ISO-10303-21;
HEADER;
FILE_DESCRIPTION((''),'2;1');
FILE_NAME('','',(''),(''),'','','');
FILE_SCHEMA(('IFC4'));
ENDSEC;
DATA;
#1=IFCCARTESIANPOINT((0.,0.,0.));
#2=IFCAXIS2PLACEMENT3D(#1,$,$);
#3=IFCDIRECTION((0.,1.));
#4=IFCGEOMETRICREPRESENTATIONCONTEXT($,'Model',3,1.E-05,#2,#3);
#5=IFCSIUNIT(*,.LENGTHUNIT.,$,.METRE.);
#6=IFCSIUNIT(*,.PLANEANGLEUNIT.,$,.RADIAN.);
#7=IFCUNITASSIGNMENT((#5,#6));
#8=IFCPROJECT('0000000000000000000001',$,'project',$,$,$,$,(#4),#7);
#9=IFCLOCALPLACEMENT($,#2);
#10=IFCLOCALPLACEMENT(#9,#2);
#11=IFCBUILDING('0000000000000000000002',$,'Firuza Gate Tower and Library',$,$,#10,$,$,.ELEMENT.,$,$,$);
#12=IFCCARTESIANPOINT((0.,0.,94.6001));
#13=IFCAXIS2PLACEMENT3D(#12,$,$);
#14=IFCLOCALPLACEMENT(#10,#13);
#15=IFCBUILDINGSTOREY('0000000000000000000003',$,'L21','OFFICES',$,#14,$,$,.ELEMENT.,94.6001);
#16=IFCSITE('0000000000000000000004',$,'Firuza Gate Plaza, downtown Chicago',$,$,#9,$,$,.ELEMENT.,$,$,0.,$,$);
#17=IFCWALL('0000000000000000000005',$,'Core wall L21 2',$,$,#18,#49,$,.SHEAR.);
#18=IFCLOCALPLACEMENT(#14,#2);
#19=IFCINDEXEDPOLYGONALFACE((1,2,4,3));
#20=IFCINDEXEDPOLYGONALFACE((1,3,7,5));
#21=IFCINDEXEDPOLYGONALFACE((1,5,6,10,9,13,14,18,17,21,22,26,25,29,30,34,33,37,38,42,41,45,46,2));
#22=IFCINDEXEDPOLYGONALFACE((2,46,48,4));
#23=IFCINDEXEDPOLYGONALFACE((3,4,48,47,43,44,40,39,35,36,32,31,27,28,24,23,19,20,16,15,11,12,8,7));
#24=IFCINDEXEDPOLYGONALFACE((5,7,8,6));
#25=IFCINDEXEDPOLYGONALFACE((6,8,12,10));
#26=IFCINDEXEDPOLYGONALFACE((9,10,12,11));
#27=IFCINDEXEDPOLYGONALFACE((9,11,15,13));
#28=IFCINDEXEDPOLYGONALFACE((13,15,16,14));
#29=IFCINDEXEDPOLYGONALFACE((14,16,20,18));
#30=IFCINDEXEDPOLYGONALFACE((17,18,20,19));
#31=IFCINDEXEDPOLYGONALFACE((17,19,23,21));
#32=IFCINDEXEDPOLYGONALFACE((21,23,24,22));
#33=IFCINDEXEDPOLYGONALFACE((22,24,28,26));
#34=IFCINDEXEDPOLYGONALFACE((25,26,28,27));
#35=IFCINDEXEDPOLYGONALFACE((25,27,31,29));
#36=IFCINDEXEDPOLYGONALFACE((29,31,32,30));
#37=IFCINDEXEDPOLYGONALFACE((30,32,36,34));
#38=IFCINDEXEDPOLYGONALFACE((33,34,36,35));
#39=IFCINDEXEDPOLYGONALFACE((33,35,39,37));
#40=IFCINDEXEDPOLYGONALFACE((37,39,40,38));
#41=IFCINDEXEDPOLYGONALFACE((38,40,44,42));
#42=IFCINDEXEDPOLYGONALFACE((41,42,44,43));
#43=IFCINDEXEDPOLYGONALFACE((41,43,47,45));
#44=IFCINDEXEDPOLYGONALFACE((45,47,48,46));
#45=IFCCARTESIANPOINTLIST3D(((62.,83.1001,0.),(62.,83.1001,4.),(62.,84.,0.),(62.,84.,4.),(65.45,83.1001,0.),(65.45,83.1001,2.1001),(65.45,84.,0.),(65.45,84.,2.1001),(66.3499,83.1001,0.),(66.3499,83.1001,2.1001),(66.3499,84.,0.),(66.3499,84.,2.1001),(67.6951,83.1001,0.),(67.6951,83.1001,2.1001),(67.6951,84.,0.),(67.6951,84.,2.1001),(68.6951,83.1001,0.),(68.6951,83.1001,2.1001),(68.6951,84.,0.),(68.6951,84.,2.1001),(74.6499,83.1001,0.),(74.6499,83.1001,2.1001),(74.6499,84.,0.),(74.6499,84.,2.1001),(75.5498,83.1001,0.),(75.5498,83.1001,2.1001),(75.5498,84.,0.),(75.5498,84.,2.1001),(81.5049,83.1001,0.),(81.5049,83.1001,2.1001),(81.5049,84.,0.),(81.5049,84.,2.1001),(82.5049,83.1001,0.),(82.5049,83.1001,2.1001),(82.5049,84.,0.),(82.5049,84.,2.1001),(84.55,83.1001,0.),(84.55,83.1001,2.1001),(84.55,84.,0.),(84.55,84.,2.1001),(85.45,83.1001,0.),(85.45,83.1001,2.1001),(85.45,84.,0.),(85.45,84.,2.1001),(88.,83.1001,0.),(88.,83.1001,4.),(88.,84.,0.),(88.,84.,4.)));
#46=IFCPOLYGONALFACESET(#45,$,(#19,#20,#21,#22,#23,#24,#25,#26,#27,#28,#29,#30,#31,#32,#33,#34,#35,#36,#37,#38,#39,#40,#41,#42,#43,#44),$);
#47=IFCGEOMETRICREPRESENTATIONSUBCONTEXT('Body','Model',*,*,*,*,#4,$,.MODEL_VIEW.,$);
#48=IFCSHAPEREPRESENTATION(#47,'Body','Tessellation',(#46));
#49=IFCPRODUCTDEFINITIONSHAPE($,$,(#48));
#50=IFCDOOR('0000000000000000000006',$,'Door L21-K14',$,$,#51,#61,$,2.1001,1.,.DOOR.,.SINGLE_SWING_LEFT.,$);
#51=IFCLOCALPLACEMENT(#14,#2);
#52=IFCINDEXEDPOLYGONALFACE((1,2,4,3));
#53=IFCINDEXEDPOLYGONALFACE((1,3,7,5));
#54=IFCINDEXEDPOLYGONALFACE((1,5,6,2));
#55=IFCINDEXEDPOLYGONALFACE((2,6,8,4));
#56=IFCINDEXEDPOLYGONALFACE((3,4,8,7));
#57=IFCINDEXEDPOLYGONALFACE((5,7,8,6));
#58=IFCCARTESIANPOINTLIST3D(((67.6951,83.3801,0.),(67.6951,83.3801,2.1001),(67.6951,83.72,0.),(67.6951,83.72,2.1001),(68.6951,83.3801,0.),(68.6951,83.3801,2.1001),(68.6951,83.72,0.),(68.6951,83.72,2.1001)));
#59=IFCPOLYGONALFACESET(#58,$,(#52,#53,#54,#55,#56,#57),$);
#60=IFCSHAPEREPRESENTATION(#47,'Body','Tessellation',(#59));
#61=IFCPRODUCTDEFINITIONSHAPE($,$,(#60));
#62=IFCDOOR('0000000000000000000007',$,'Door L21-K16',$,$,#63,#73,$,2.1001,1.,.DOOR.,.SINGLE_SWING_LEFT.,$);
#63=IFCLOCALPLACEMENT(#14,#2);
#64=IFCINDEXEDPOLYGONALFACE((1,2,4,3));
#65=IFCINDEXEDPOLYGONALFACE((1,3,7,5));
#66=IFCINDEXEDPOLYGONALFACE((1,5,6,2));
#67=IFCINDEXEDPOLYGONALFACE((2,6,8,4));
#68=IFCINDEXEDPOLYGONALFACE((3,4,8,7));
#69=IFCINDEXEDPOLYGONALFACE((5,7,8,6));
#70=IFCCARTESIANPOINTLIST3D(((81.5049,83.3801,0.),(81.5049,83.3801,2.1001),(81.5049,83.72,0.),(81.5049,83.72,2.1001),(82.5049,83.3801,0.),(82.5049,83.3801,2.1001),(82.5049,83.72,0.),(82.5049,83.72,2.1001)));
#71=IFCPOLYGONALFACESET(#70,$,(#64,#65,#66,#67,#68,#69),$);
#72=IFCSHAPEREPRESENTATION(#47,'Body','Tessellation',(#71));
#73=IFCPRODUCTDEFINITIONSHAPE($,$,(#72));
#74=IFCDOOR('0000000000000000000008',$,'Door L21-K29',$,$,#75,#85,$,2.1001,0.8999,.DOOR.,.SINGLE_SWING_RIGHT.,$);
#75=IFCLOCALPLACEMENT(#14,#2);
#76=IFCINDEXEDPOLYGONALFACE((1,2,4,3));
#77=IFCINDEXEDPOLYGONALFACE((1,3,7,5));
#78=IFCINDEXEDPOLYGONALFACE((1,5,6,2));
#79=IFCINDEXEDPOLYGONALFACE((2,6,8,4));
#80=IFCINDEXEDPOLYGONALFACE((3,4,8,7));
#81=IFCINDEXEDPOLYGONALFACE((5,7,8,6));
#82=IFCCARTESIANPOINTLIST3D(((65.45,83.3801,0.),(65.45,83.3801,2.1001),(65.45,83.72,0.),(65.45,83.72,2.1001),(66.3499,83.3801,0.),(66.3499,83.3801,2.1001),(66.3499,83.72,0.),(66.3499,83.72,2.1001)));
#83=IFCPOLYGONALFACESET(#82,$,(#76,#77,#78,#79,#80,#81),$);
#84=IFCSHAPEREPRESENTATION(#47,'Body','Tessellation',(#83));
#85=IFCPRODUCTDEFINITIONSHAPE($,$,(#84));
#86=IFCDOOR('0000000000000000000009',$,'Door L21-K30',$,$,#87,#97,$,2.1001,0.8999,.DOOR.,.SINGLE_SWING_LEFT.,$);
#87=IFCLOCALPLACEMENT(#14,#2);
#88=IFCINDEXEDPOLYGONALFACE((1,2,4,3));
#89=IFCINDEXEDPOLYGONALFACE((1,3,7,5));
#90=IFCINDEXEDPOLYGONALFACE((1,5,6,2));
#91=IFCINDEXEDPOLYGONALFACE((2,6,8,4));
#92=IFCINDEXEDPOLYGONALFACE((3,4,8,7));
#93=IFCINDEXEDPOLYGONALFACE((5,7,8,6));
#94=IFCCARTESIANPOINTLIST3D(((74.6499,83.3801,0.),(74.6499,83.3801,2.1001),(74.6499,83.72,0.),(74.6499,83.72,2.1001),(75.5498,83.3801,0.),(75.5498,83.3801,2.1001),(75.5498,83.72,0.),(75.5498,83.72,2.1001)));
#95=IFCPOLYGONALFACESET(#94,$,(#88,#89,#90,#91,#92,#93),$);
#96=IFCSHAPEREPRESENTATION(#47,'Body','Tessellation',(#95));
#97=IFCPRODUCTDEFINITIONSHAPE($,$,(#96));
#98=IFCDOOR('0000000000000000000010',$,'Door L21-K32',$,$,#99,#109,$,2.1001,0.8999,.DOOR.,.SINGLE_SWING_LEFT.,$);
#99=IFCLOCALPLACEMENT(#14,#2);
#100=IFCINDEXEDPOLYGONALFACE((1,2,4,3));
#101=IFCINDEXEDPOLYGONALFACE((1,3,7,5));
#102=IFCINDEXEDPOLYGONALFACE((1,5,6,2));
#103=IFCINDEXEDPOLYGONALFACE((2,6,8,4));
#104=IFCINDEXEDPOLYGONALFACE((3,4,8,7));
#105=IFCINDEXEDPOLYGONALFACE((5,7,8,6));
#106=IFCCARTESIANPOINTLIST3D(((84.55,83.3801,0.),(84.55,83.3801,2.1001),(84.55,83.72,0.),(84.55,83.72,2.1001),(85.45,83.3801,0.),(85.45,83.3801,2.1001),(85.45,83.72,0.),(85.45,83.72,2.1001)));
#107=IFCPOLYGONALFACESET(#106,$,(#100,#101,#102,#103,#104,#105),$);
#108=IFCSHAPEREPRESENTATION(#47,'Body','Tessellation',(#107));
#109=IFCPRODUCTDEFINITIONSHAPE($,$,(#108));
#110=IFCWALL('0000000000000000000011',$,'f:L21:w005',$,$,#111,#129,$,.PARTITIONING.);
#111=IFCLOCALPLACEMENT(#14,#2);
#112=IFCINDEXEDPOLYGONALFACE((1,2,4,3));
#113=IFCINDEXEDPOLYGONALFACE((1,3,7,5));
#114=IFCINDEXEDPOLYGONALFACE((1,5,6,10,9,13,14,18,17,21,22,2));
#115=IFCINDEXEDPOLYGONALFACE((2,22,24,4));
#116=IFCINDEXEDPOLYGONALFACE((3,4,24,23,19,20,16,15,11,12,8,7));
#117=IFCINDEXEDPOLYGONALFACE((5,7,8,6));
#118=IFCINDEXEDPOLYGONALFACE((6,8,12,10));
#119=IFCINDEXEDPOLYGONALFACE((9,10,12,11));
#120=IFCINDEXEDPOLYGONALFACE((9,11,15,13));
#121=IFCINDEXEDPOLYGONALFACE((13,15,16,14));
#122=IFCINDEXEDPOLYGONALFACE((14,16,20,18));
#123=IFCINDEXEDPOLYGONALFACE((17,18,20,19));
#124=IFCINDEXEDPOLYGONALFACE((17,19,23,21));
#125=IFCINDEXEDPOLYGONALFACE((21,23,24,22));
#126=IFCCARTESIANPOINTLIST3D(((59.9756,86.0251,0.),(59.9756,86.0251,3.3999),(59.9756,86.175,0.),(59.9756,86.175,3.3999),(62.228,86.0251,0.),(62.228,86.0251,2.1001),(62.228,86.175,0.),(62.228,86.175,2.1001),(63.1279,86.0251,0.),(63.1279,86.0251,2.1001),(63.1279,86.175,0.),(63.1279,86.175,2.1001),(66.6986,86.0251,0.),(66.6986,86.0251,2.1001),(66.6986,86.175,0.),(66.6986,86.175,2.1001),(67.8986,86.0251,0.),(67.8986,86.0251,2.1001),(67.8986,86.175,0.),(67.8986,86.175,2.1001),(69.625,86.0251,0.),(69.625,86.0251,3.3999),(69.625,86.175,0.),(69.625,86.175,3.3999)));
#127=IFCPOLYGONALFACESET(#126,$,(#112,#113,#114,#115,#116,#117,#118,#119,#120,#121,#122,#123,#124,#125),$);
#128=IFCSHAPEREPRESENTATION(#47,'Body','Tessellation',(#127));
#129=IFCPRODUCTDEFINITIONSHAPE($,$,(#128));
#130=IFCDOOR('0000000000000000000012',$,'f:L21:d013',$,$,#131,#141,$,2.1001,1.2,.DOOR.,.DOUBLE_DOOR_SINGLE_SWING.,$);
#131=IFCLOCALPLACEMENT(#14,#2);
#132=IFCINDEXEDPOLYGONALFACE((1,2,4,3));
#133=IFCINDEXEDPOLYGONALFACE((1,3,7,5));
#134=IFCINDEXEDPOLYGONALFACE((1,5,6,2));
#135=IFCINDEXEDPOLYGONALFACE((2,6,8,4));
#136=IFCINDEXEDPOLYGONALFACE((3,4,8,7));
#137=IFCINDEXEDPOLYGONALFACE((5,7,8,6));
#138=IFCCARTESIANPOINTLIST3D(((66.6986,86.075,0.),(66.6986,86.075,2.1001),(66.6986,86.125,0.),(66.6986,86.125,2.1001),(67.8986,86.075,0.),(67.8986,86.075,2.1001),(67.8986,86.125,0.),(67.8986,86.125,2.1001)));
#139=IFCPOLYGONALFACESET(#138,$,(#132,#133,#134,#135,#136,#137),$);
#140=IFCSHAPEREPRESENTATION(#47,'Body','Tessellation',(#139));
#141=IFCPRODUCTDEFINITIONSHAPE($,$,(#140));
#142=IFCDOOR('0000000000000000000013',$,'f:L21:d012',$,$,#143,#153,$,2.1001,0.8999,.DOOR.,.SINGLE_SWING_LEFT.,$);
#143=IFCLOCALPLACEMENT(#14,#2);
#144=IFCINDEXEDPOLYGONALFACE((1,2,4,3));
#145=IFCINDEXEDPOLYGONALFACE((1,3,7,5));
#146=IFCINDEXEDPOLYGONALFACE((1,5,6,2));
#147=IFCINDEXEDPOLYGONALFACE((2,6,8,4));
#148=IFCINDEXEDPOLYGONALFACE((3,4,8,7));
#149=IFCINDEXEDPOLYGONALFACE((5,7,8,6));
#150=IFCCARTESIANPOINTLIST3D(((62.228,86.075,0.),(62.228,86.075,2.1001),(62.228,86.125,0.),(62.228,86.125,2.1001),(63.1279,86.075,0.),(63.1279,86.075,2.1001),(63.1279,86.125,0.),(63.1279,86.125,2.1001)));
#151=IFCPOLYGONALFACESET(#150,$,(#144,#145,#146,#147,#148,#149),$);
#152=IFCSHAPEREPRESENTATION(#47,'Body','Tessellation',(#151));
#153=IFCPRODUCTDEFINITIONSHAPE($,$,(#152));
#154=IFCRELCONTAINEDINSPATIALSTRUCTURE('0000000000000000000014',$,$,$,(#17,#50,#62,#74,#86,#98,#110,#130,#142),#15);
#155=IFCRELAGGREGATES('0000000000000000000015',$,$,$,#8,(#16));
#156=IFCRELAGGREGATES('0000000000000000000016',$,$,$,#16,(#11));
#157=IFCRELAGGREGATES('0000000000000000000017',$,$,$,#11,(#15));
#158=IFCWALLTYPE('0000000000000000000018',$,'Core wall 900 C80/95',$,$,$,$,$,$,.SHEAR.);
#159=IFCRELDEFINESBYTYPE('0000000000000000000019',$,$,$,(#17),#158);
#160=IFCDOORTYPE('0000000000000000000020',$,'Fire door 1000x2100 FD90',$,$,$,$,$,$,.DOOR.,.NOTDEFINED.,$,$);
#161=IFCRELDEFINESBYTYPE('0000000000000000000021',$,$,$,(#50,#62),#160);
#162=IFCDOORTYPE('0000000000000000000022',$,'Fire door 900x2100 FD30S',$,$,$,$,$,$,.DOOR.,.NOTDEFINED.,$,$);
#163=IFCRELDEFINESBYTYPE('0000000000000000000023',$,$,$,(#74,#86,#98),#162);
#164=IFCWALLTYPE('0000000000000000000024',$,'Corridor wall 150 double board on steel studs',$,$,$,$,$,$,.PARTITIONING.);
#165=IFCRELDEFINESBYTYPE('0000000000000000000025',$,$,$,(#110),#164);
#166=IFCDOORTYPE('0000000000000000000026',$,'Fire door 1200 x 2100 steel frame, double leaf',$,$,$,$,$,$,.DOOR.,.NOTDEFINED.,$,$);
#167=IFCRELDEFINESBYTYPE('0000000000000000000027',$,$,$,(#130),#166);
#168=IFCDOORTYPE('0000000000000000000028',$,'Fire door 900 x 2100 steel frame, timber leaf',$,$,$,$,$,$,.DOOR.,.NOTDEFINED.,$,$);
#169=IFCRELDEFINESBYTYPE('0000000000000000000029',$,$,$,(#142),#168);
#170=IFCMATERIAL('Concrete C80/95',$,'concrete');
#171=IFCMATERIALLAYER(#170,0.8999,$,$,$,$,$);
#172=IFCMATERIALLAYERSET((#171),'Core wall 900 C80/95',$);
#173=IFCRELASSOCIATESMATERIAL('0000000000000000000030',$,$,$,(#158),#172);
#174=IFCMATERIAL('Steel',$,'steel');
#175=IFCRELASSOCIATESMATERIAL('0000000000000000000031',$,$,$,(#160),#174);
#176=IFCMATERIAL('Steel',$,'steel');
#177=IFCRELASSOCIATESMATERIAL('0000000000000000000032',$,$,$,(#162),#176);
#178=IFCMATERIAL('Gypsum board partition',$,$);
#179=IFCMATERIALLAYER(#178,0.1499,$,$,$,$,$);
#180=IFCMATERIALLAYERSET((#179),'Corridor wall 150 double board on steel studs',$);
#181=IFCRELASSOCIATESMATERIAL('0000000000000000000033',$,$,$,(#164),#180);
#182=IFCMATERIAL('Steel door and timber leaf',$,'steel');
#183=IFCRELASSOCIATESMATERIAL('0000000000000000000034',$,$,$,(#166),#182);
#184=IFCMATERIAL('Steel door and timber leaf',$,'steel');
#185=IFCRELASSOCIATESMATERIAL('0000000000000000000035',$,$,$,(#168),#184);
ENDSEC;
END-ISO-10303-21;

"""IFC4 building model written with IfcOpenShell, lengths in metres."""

from ifc_helpers import new_model, si_unit, direction, frame, frame_2d, origin, place, context, subcontext, project, spatial, rectangle, extrude, material, layer, layer_set, type_object, element, fill, save


model = new_model("IFC4")

# Units and contexts
model_context = context("Model", 3, precision=1e-05, world=origin(), true_north=direction((0.0, 1.0)))
body_context = subcontext(model_context, "Body", "Model", "MODEL_VIEW")
ifc_project = project(units=[si_unit("LENGTHUNIT", "METRE"), si_unit("PLANEANGLEUNIT", "RADIAN")], contexts=[model_context])

# Site, building, storey
site_placement = place(None, origin())
site = spatial("IfcSite", under=ifc_project, at=site_placement, Name="Firuza Gate Plaza, downtown Chicago", CompositionType="ELEMENT", RefElevation=0.0)
building_placement = place(site_placement, origin())
building = spatial("IfcBuilding", under=site, at=building_placement, Name="Firuza Gate Tower and Library", CompositionType="ELEMENT")
storey_placement = place(building_placement, frame((0.0, 0.0, 94.6001)))
storey = spatial("IfcBuildingStorey", under=building, at=storey_placement, Name="L21", Description="OFFICES", CompositionType="ELEMENT", Elevation=94.6001)

# Walls, openings, doors
ifc_material_1 = material(Name="Concrete C80/95", Category="concrete")
ifc_layer_1 = layer(ifc_material_1, 0.8999)
ifc_layer_set_1 = layer_set([ifc_layer_1], Name="Core wall 900 C80/95")
wall_type_1 = type_object("IfcWallType", Name="Core wall 900 C80/95", PredefinedType="SHEAR", material=ifc_layer_set_1)
wall_1_placement = place(storey_placement, frame((62.0, 83.55, 0.0), z_axis=(0.0, 0.0, 1.0), x_axis=(1.0, 0.0, 0.0)))
wall_1 = element("IfcWall", 1, at=wall_1_placement, inside=storey, type_object=wall_type_1, Name="Core wall L21 2", PredefinedType="SHEAR", context=body_context, shape_type="SweptSolid", body=[
    extrude(rectangle(XDim=26.0, YDim=0.8999, at=frame_2d((13.0, 0.0))), origin(), (0.0, 0.0, 1.0), 4.0),
])
opening_1_placement = place(wall_1_placement, frame((5.6951, 0.0, 0.0)))
opening_1 = element("IfcOpeningElement", 2, at=opening_1_placement, cuts=wall_1, PredefinedType="OPENING", context=body_context, shape_type="SweptSolid", body=[
    extrude(rectangle(XDim=1.0, YDim=2.1001, at=frame_2d((0.5, 1.05))), frame((0.0, 0.46, 0.0), z_axis=(0.0, -1.0, 0.0), x_axis=(1.0, 0.0, 0.0)), (0.0, 0.0, 1.0), 0.9199),
])
opening_2_placement = place(wall_1_placement, frame((19.5049, 0.0, 0.0)))
opening_2 = element("IfcOpeningElement", 3, at=opening_2_placement, cuts=wall_1, PredefinedType="OPENING", context=body_context, shape_type="SweptSolid", body=[
    extrude(rectangle(XDim=1.0, YDim=2.1001, at=frame_2d((0.5, 1.05))), frame((0.0, 0.46, 0.0), z_axis=(0.0, -1.0, 0.0), x_axis=(1.0, 0.0, 0.0)), (0.0, 0.0, 1.0), 0.9199),
])
opening_3_placement = place(wall_1_placement, frame((3.45, 0.0, 0.0)))
opening_3 = element("IfcOpeningElement", 4, at=opening_3_placement, cuts=wall_1, PredefinedType="OPENING", context=body_context, shape_type="SweptSolid", body=[
    extrude(rectangle(XDim=0.8999, YDim=2.1001, at=frame_2d((0.45, 1.05))), frame((0.0, 0.46, 0.0), z_axis=(0.0, -1.0, 0.0), x_axis=(1.0, 0.0, 0.0)), (0.0, 0.0, 1.0), 0.9199),
])
opening_4_placement = place(wall_1_placement, frame((12.6499, 0.0, 0.0)))
opening_4 = element("IfcOpeningElement", 5, at=opening_4_placement, cuts=wall_1, PredefinedType="OPENING", context=body_context, shape_type="SweptSolid", body=[
    extrude(rectangle(XDim=0.8999, YDim=2.1001, at=frame_2d((0.45, 1.05))), frame((0.0, 0.46, 0.0), z_axis=(0.0, -1.0, 0.0), x_axis=(1.0, 0.0, 0.0)), (0.0, 0.0, 1.0), 0.9199),
])
opening_5_placement = place(wall_1_placement, frame((22.55, 0.0, 0.0)))
opening_5 = element("IfcOpeningElement", 6, at=opening_5_placement, cuts=wall_1, PredefinedType="OPENING", context=body_context, shape_type="SweptSolid", body=[
    extrude(rectangle(XDim=0.8999, YDim=2.1001, at=frame_2d((0.45, 1.05))), frame((0.0, 0.46, 0.0), z_axis=(0.0, -1.0, 0.0), x_axis=(1.0, 0.0, 0.0)), (0.0, 0.0, 1.0), 0.9199),
])
ifc_material_2 = material(Name="Steel", Category="steel")
door_type_1 = type_object("IfcDoorType", Name="Fire door 1000x2100 FD90", OperationType="NOTDEFINED", PredefinedType="DOOR", material=ifc_material_2)
door_1_placement = place(opening_1_placement, origin())
door_1 = element("IfcDoor", 7, at=door_1_placement, inside=storey, type_object=door_type_1, Name="Door L21-K14", OperationType="SINGLE_SWING_LEFT", OverallHeight=2.1001, OverallWidth=1.0, PredefinedType="DOOR", context=body_context, shape_type="SweptSolid", body=[
    extrude(rectangle(XDim=1.0, YDim=2.1001, at=frame_2d((0.5, 1.05))), frame((0.0, 0.1699, 0.0), z_axis=(0.0, -1.0, 0.0), x_axis=(1.0, 0.0, 0.0)), (0.0, 0.0, 1.0), 0.3398),
])
fill(opening_1, door_1)
door_2_placement = place(opening_2_placement, origin())
door_2 = element("IfcDoor", 8, at=door_2_placement, inside=storey, type_object=door_type_1, Name="Door L21-K16", OperationType="SINGLE_SWING_LEFT", OverallHeight=2.1001, OverallWidth=1.0, PredefinedType="DOOR", context=body_context, shape_type="SweptSolid", body=[
    extrude(rectangle(XDim=1.0, YDim=2.1001, at=frame_2d((0.5, 1.05))), frame((0.0, 0.1699, 0.0), z_axis=(0.0, -1.0, 0.0), x_axis=(1.0, 0.0, 0.0)), (0.0, 0.0, 1.0), 0.3398),
])
fill(opening_2, door_2)
ifc_material_3 = material(Name="Steel", Category="steel")
door_type_2 = type_object("IfcDoorType", Name="Fire door 900x2100 FD30S", OperationType="NOTDEFINED", PredefinedType="DOOR", material=ifc_material_3)
door_3_placement = place(opening_3_placement, origin())
door_3 = element("IfcDoor", 9, at=door_3_placement, inside=storey, type_object=door_type_2, Name="Door L21-K29", OperationType="SINGLE_SWING_RIGHT", OverallHeight=2.1001, OverallWidth=0.8999, PredefinedType="DOOR", context=body_context, shape_type="SweptSolid", body=[
    extrude(rectangle(XDim=0.8999, YDim=2.1001, at=frame_2d((0.45, 1.05))), frame((0.0, 0.1699, 0.0), z_axis=(0.0, -1.0, 0.0), x_axis=(1.0, 0.0, 0.0)), (0.0, 0.0, 1.0), 0.3398),
])
fill(opening_3, door_3)
door_4_placement = place(opening_4_placement, origin())
door_4 = element("IfcDoor", 10, at=door_4_placement, inside=storey, type_object=door_type_2, Name="Door L21-K30", OperationType="SINGLE_SWING_LEFT", OverallHeight=2.1001, OverallWidth=0.8999, PredefinedType="DOOR", context=body_context, shape_type="SweptSolid", body=[
    extrude(rectangle(XDim=0.8999, YDim=2.1001, at=frame_2d((0.45, 1.05))), frame((0.0, 0.1699, 0.0), z_axis=(0.0, -1.0, 0.0), x_axis=(1.0, 0.0, 0.0)), (0.0, 0.0, 1.0), 0.3398),
])
fill(opening_4, door_4)
door_5_placement = place(opening_5_placement, origin())
door_5 = element("IfcDoor", 11, at=door_5_placement, inside=storey, type_object=door_type_2, Name="Door L21-K32", OperationType="SINGLE_SWING_LEFT", OverallHeight=2.1001, OverallWidth=0.8999, PredefinedType="DOOR", context=body_context, shape_type="SweptSolid", body=[
    extrude(rectangle(XDim=0.8999, YDim=2.1001, at=frame_2d((0.45, 1.05))), frame((0.0, 0.1699, 0.0), z_axis=(0.0, -1.0, 0.0), x_axis=(1.0, 0.0, 0.0)), (0.0, 0.0, 1.0), 0.3398),
])
fill(opening_5, door_5)
ifc_material_4 = material(Name="Gypsum board partition")
ifc_layer_2 = layer(ifc_material_4, 0.1499)
ifc_layer_set_2 = layer_set([ifc_layer_2], Name="Corridor wall 150 double board on steel studs")
wall_type_2 = type_object("IfcWallType", Name="Corridor wall 150 double board on steel studs", PredefinedType="PARTITIONING", material=ifc_layer_set_2)
wall_2_placement = place(storey_placement, frame((59.9756, 86.1001, 0.0), z_axis=(0.0, 0.0, 1.0), x_axis=(1.0, 0.0, 0.0)))
wall_2 = element("IfcWall", 12, at=wall_2_placement, inside=storey, type_object=wall_type_2, Name="f:L21:w005", PredefinedType="PARTITIONING", context=body_context, shape_type="SweptSolid", body=[
    extrude(rectangle(XDim=9.6494, YDim=0.1499, at=frame_2d((4.8247, 0.0))), origin(), (0.0, 0.0, 1.0), 3.3999),
])
opening_6_placement = place(wall_2_placement, frame((2.2524, 0.0, 0.0)))
opening_6 = element("IfcOpeningElement", 13, at=opening_6_placement, cuts=wall_2, PredefinedType="OPENING", context=body_context, shape_type="SweptSolid", body=[
    extrude(rectangle(XDim=0.8999, YDim=2.1001, at=frame_2d((0.45, 1.05))), frame((0.0, 0.085, 0.0), z_axis=(0.0, -1.0, 0.0), x_axis=(1.0, 0.0, 0.0)), (0.0, 0.0, 1.0), 0.1699),
])
opening_7_placement = place(wall_2_placement, frame((6.7229, 0.0, 0.0)))
opening_7 = element("IfcOpeningElement", 14, at=opening_7_placement, cuts=wall_2, PredefinedType="OPENING", context=body_context, shape_type="SweptSolid", body=[
    extrude(rectangle(XDim=1.2, YDim=2.1001, at=frame_2d((0.6001, 1.05))), frame((0.0, 0.085, 0.0), z_axis=(0.0, -1.0, 0.0), x_axis=(1.0, 0.0, 0.0)), (0.0, 0.0, 1.0), 0.1699),
])
ifc_material_5 = material(Name="Steel door and timber leaf", Category="steel")
door_type_3 = type_object("IfcDoorType", Name="Fire door 1200 x 2100 steel frame, double leaf", OperationType="NOTDEFINED", PredefinedType="DOOR", material=ifc_material_5)
door_6_placement = place(opening_7_placement, origin())
door_6 = element("IfcDoor", 15, at=door_6_placement, inside=storey, type_object=door_type_3, Name="f:L21:d013", OperationType="DOUBLE_DOOR_SINGLE_SWING", OverallHeight=2.1001, OverallWidth=1.2, PredefinedType="DOOR", context=body_context, shape_type="SweptSolid", body=[
    extrude(rectangle(XDim=1.2, YDim=2.1001, at=frame_2d((0.6001, 1.05))), frame((0.0, 0.0249, 0.0), z_axis=(0.0, -1.0, 0.0), x_axis=(1.0, 0.0, 0.0)), (0.0, 0.0, 1.0), 0.05),
])
fill(opening_7, door_6)
ifc_material_6 = material(Name="Steel door and timber leaf", Category="steel")
door_type_4 = type_object("IfcDoorType", Name="Fire door 900 x 2100 steel frame, timber leaf", OperationType="NOTDEFINED", PredefinedType="DOOR", material=ifc_material_6)
door_7_placement = place(opening_6_placement, origin())
door_7 = element("IfcDoor", 16, at=door_7_placement, inside=storey, type_object=door_type_4, Name="f:L21:d012", OperationType="SINGLE_SWING_LEFT", OverallHeight=2.1001, OverallWidth=0.8999, PredefinedType="DOOR", context=body_context, shape_type="SweptSolid", body=[
    extrude(rectangle(XDim=0.8999, YDim=2.1001, at=frame_2d((0.45, 1.05))), frame((0.0, 0.0249, 0.0), z_axis=(0.0, -1.0, 0.0), x_axis=(1.0, 0.0, 0.0)), (0.0, 0.0, 1.0), 0.05),
])
fill(opening_6, door_7)

save(model, "model.ifc")
